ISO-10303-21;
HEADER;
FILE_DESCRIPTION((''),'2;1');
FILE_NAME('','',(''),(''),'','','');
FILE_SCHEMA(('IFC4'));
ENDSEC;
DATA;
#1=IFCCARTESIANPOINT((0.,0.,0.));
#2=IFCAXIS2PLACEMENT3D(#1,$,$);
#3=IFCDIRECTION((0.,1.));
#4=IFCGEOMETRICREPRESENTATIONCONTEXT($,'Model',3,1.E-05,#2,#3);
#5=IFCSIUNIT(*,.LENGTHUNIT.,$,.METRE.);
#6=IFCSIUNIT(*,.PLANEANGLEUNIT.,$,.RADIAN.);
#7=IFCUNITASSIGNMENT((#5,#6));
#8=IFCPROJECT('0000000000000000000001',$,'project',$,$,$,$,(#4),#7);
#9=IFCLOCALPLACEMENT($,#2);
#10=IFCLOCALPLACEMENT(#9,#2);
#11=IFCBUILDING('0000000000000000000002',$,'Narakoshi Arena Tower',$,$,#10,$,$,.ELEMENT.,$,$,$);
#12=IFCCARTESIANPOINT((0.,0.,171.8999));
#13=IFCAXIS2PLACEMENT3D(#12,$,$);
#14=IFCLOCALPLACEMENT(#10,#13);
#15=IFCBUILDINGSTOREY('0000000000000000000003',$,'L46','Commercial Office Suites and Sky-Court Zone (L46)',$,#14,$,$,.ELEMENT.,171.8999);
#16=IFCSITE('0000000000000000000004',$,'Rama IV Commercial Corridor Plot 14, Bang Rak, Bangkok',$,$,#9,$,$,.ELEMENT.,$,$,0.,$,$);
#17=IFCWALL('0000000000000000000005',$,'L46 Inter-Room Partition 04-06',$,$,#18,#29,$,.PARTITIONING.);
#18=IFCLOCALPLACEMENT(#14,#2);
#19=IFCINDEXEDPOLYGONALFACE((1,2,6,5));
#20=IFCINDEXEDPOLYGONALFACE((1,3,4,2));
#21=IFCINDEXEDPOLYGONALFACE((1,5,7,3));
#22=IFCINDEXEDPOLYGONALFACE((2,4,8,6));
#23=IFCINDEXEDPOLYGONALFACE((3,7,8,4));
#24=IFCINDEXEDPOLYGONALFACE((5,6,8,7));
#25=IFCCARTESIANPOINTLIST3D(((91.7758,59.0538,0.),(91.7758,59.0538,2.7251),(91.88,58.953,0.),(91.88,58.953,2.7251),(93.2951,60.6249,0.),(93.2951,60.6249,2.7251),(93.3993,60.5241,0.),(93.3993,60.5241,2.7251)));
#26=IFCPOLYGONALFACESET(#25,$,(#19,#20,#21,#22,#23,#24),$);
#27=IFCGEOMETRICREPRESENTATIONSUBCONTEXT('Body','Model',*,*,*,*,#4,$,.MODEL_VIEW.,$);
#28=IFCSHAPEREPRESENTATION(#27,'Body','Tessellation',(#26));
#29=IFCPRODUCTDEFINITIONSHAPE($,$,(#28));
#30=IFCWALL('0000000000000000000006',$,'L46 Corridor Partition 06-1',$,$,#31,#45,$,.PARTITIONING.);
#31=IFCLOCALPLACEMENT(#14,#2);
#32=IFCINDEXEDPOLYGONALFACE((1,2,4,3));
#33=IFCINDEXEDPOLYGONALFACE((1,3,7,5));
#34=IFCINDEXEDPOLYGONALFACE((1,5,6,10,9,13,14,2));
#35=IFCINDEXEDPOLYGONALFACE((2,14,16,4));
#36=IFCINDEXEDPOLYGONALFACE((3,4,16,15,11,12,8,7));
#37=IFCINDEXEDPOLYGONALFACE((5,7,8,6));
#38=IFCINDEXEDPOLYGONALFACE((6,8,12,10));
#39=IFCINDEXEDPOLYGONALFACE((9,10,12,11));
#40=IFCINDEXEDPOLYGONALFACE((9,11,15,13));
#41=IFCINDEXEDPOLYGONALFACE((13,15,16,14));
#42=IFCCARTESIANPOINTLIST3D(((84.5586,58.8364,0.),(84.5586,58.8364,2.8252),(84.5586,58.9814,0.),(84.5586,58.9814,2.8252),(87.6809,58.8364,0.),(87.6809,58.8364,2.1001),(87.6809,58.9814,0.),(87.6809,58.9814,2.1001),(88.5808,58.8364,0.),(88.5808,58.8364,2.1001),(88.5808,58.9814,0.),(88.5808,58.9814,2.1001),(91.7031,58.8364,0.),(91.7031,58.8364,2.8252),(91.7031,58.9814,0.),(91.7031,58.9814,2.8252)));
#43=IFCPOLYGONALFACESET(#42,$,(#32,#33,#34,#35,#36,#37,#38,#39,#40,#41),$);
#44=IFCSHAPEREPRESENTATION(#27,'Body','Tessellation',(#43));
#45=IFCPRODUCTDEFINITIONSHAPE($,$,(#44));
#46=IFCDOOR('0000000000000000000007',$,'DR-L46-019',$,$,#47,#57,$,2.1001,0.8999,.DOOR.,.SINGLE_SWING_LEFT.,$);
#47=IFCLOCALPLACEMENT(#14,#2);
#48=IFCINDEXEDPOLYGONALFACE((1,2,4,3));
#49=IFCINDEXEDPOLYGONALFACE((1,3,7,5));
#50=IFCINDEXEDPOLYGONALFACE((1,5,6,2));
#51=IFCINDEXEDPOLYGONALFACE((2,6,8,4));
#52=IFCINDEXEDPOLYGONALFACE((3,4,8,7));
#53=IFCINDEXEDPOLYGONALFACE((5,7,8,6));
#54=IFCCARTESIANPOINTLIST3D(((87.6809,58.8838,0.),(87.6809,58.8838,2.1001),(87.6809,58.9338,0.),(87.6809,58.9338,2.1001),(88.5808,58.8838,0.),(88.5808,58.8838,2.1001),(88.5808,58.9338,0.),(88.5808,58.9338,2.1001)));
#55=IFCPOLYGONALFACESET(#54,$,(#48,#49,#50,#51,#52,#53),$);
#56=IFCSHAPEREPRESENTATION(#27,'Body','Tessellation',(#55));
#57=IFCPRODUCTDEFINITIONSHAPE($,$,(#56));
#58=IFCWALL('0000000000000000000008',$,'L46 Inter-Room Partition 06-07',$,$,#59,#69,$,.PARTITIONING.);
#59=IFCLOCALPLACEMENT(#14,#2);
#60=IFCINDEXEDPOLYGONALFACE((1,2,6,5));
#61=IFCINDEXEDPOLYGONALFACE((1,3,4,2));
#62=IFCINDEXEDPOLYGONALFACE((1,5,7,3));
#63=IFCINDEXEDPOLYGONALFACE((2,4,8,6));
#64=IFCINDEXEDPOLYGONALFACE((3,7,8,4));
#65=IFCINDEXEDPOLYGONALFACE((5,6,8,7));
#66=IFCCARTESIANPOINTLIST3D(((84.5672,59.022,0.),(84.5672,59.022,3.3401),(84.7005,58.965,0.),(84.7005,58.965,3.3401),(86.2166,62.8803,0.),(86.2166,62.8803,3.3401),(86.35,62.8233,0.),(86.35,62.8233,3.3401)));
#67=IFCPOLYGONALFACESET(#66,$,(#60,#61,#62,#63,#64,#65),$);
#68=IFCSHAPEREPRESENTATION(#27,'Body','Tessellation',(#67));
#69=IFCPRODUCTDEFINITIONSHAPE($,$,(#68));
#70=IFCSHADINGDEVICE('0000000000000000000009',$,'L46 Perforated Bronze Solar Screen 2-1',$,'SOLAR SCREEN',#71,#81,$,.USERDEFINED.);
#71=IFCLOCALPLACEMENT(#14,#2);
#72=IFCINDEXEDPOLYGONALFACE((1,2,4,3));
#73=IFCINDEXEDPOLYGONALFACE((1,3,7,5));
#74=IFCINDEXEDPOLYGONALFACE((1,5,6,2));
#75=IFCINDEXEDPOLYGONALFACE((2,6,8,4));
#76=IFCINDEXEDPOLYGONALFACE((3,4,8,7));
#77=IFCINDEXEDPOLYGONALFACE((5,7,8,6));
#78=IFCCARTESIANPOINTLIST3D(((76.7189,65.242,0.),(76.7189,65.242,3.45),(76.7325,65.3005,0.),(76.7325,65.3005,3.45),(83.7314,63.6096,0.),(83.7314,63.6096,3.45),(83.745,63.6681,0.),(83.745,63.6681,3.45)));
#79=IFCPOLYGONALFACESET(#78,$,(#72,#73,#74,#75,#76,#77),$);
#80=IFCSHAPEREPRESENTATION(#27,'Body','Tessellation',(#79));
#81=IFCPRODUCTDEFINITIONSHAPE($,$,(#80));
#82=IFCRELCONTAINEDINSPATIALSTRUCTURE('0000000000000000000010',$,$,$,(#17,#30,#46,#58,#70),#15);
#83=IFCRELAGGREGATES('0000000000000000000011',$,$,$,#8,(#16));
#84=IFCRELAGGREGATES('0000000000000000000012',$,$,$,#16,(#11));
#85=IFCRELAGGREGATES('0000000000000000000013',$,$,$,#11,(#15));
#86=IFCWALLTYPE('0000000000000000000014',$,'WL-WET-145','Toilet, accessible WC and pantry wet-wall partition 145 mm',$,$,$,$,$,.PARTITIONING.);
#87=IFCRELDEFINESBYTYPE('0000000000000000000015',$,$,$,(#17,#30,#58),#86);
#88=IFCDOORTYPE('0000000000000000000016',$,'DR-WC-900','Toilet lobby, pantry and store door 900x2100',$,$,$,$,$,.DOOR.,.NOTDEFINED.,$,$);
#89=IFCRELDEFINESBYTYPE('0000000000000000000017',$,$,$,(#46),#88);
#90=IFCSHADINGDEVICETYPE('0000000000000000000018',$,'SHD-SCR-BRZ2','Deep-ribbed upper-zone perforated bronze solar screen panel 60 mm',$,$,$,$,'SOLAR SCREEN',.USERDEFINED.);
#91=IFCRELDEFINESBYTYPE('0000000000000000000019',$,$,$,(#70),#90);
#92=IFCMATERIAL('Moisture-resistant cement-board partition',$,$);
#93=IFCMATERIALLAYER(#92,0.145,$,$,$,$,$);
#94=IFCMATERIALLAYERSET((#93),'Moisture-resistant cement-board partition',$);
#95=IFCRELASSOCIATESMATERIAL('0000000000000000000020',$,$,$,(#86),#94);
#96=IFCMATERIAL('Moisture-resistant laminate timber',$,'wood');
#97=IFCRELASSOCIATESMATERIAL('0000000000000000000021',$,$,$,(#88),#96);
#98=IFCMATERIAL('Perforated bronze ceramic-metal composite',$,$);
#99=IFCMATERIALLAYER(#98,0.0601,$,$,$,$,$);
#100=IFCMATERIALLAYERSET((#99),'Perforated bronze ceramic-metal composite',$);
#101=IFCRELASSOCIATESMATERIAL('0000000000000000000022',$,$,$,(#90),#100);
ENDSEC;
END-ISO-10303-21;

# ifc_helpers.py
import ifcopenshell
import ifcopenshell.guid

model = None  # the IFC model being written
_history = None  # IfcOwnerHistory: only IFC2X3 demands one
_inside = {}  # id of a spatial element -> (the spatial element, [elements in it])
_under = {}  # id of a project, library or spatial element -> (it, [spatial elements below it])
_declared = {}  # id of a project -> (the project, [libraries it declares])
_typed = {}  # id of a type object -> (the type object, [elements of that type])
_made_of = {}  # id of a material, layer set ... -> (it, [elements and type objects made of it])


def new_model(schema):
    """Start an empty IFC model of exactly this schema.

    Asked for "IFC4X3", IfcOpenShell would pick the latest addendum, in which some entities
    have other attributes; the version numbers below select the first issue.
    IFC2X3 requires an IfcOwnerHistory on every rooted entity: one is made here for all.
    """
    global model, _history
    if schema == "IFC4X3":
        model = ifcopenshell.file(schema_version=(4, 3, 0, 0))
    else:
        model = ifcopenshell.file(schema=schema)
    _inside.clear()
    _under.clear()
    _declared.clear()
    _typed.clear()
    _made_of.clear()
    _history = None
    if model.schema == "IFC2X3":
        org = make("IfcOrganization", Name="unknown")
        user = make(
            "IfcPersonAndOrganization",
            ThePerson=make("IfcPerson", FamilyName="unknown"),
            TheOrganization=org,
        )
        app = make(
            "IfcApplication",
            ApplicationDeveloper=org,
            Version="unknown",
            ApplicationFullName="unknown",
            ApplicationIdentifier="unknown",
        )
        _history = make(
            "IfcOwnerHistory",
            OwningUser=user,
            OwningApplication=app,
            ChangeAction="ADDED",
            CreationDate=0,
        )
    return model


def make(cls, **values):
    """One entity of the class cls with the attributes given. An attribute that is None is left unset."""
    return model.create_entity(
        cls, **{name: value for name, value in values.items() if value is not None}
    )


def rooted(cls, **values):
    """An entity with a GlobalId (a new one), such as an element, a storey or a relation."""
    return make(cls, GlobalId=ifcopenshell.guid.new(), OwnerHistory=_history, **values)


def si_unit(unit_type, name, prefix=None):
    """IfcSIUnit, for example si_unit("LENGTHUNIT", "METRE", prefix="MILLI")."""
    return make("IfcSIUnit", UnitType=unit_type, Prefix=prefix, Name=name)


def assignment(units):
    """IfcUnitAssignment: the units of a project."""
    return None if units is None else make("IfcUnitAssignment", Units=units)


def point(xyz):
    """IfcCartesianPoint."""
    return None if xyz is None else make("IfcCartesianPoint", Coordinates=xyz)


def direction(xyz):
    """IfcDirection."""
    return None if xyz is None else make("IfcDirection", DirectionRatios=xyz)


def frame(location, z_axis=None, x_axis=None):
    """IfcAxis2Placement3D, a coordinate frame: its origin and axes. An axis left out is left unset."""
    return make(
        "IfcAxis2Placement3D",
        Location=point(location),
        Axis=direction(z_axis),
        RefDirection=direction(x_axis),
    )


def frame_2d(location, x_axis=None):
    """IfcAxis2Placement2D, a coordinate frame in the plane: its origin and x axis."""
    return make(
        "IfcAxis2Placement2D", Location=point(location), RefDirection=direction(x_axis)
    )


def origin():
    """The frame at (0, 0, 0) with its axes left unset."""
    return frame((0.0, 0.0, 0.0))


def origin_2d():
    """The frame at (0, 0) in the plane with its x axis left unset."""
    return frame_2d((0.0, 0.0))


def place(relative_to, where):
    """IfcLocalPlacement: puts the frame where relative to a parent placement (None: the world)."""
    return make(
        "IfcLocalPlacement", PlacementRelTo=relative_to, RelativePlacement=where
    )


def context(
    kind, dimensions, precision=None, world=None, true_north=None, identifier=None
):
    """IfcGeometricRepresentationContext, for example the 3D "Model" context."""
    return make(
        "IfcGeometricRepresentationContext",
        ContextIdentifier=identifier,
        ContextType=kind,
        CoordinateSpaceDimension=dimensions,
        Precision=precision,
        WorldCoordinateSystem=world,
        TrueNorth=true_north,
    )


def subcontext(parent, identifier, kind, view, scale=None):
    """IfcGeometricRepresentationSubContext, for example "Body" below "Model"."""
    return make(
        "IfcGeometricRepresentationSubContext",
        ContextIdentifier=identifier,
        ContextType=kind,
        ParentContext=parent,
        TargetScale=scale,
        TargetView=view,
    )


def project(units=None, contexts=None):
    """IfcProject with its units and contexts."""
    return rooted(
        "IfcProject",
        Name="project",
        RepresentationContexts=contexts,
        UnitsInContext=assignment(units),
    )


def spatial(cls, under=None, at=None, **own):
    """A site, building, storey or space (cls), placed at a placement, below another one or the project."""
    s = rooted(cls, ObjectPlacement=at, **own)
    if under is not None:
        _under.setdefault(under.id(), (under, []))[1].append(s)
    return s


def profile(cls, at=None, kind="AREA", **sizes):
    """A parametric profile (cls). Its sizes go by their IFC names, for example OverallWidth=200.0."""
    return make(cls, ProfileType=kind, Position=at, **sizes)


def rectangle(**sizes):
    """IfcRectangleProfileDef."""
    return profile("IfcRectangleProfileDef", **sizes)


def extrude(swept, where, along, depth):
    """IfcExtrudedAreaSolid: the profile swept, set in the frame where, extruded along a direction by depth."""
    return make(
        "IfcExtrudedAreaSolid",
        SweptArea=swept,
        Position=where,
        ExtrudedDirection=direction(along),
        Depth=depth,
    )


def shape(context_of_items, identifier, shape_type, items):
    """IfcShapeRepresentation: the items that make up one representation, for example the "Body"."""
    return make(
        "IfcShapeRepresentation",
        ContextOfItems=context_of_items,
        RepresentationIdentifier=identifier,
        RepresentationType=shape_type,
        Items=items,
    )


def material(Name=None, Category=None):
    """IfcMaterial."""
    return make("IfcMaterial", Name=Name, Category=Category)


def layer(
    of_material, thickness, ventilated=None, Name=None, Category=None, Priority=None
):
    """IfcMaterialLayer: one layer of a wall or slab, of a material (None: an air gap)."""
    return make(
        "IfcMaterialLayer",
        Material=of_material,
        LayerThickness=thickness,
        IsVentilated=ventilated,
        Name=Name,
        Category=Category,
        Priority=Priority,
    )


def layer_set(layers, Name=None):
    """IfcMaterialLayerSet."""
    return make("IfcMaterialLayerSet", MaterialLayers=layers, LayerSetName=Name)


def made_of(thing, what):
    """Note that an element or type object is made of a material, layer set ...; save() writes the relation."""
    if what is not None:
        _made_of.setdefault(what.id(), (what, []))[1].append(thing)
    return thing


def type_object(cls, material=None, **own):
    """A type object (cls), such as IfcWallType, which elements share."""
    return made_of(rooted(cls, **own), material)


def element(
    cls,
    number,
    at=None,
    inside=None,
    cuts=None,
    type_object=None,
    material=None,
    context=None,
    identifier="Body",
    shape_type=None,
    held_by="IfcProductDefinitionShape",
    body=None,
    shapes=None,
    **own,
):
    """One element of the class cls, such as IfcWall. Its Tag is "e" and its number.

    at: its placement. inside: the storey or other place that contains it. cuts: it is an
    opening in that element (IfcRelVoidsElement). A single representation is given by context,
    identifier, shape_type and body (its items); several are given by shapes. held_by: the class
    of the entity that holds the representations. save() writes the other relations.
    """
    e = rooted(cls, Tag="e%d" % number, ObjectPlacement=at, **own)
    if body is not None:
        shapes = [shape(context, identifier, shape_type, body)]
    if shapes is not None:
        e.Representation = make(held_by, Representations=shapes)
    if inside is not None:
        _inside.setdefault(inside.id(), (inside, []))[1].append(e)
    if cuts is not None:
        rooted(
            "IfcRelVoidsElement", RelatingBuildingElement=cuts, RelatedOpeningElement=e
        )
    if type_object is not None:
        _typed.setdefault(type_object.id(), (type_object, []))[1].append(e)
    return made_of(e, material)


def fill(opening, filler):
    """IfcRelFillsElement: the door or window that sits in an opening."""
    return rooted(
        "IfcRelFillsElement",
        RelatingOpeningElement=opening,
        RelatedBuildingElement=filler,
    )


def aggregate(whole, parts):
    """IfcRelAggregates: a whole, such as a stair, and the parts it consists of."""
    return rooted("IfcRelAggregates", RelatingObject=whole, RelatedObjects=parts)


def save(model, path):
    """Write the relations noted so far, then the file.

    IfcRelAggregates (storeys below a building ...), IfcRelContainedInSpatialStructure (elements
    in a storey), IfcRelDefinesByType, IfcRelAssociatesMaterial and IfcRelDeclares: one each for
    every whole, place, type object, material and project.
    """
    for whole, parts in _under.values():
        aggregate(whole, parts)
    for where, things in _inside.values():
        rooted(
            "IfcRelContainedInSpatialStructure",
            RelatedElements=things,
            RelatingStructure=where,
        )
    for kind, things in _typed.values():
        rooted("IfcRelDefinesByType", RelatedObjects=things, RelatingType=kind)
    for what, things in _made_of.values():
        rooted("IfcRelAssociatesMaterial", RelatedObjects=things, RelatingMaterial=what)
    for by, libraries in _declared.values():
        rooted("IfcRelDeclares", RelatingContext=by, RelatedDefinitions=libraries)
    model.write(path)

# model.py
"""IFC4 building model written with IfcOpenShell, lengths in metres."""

from ifc_helpers import new_model, si_unit, direction, frame, frame_2d, origin, origin_2d, place, context, subcontext, project, spatial, rectangle, extrude, material, layer, layer_set, type_object, element, fill, save


model = new_model("IFC4")

# Units and contexts
model_context = context("Model", 3, precision=1e-05, world=origin(), true_north=direction((0.0, 1.0)))
body_context = subcontext(model_context, "Body", "Model", "MODEL_VIEW")
ifc_project = project(units=[si_unit("LENGTHUNIT", "METRE"), si_unit("PLANEANGLEUNIT", "RADIAN")], contexts=[model_context])

# Site, building, storey
site_placement = place(None, origin())
site = spatial("IfcSite", under=ifc_project, at=site_placement, Name="Rama IV Commercial Corridor Plot 14, Bang Rak, Bangkok", CompositionType="ELEMENT", RefElevation=0.0)
building_placement = place(site_placement, origin())
building = spatial("IfcBuilding", under=site, at=building_placement, Name="Narakoshi Arena Tower", CompositionType="ELEMENT")
storey_placement = place(building_placement, frame((0.0, 0.0, 171.8999)))
storey = spatial("IfcBuildingStorey", under=building, at=storey_placement, Name="L46", Description="Commercial Office Suites and Sky-Court Zone (L46)", CompositionType="ELEMENT", Elevation=171.8999)

# Wall
ifc_material_1 = material(Name="Moisture-resistant cement-board partition")
ifc_layer_1 = layer(ifc_material_1, 0.145)
ifc_layer_set_1 = layer_set([ifc_layer_1], Name="Moisture-resistant cement-board partition")
wall_type_1 = type_object("IfcWallType", Name="WL-WET-145", Description="Toilet, accessible WC and pantry wet-wall partition 145 mm", PredefinedType="PARTITIONING", material=ifc_layer_set_1)
wall_1_placement = place(storey_placement, frame((91.8279, 59.0034, 0.0), z_axis=(0.0, 0.0, 1.0), x_axis=(0.695166, 0.718849, 0.0)))
element("IfcWall", 1, at=wall_1_placement, inside=storey, type_object=wall_type_1, Name="L46 Inter-Room Partition 04-06", PredefinedType="PARTITIONING", context=body_context, shape_type="SweptSolid", body=[
    extrude(rectangle(XDim=2.1855, YDim=0.145, at=frame_2d((1.0928, 0.0))), origin(), (0.0, 0.0, 1.0), 2.7251),
])

# Wall, opening, door
wall_2_placement = place(storey_placement, frame((91.7031, 58.9089, 0.0), z_axis=(0.0, 0.0, 1.0), x_axis=(-1.0, 0.0, 0.0)))
wall_2 = element("IfcWall", 2, at=wall_2_placement, inside=storey, type_object=wall_type_1, Name="L46 Corridor Partition 06-1", PredefinedType="PARTITIONING", context=body_context, shape_type="SweptSolid", body=[
    extrude(rectangle(XDim=7.1445, YDim=0.145, at=frame_2d((3.5723, 0.0))), origin(), (0.0, 0.0, 1.0), 2.8252),
])
opening_1_placement = place(wall_2_placement, frame((3.1223, 0.0, 0.0)))
opening_1 = element("IfcOpeningElement", 3, at=opening_1_placement, cuts=wall_2, PredefinedType="OPENING", context=body_context, shape_type="SweptSolid", body=[
    extrude(rectangle(XDim=0.8999, YDim=2.1001, at=frame_2d((0.45, 1.05))), frame((0.0, 0.0825, 0.0), z_axis=(0.0, -1.0, 0.0), x_axis=(1.0, 0.0, 0.0)), (0.0, 0.0, 1.0), 0.165),
])
ifc_material_2 = material(Name="Moisture-resistant laminate timber", Category="wood")
door_type_1 = type_object("IfcDoorType", Name="DR-WC-900", Description="Toilet lobby, pantry and store door 900x2100", OperationType="NOTDEFINED", PredefinedType="DOOR", material=ifc_material_2)
door_1_placement = place(opening_1_placement, frame((0.8999, 0.0, 0.0), z_axis=(0.0, 0.0, 1.0), x_axis=(-1.0, 0.0, 0.0)))
door_1 = element("IfcDoor", 4, at=door_1_placement, inside=storey, type_object=door_type_1, Name="DR-L46-019", OperationType="SINGLE_SWING_LEFT", OverallHeight=2.1001, OverallWidth=0.8999, PredefinedType="DOOR", context=body_context, shape_type="SweptSolid", body=[
    extrude(rectangle(XDim=0.8999, YDim=2.1001, at=frame_2d((0.45, 1.05))), frame((0.0, 0.0249, 0.0), z_axis=(0.0, -1.0, 0.0), x_axis=(1.0, 0.0, 0.0)), (0.0, 0.0, 1.0), 0.05),
])
fill(opening_1, door_1)

# Wall
wall_3_placement = place(storey_placement, frame((84.6338, 58.9934, 0.0), z_axis=(0.0, 0.0, 1.0), x_axis=(0.393098, 0.919497, 0.0)))
element("IfcWall", 5, at=wall_3_placement, inside=storey, type_object=wall_type_1, Name="L46 Inter-Room Partition 06-07", PredefinedType="PARTITIONING", context=body_context, shape_type="SweptSolid", body=[
    extrude(rectangle(XDim=4.196, YDim=0.145, at=frame_2d((2.0981, 0.0))), origin(), (0.0, 0.0, 1.0), 3.3401),
])

# Shading device
ifc_material_3 = material(Name="Perforated bronze ceramic-metal composite")
ifc_layer_2 = layer(ifc_material_3, 0.0601)
ifc_layer_set_2 = layer_set([ifc_layer_2], Name="Perforated bronze ceramic-metal composite")
shading_device_type = type_object("IfcShadingDeviceType", Name="SHD-SCR-BRZ2", Description="Deep-ribbed upper-zone perforated bronze solar screen panel 60 mm", ElementType="SOLAR SCREEN", PredefinedType="USERDEFINED", material=ifc_layer_set_2)
shading_device_placement = place(storey_placement, frame((80.2319, 64.4551, 0.0), z_axis=(0.0, 0.0, 1.0), x_axis=(-0.97396, 0.226719, 0.0)))
element("IfcShadingDevice", 6, at=shading_device_placement, inside=storey, type_object=shading_device_type, Name="L46 Perforated Bronze Solar Screen 2-1", ObjectType="SOLAR SCREEN", PredefinedType="USERDEFINED", context=body_context, shape_type="SweptSolid", body=[
    extrude(rectangle(XDim=7.2, YDim=0.0601, at=origin_2d()), origin(), (0.0, 0.0, 1.0), 3.45),
])

save(model, "model.ifc")
